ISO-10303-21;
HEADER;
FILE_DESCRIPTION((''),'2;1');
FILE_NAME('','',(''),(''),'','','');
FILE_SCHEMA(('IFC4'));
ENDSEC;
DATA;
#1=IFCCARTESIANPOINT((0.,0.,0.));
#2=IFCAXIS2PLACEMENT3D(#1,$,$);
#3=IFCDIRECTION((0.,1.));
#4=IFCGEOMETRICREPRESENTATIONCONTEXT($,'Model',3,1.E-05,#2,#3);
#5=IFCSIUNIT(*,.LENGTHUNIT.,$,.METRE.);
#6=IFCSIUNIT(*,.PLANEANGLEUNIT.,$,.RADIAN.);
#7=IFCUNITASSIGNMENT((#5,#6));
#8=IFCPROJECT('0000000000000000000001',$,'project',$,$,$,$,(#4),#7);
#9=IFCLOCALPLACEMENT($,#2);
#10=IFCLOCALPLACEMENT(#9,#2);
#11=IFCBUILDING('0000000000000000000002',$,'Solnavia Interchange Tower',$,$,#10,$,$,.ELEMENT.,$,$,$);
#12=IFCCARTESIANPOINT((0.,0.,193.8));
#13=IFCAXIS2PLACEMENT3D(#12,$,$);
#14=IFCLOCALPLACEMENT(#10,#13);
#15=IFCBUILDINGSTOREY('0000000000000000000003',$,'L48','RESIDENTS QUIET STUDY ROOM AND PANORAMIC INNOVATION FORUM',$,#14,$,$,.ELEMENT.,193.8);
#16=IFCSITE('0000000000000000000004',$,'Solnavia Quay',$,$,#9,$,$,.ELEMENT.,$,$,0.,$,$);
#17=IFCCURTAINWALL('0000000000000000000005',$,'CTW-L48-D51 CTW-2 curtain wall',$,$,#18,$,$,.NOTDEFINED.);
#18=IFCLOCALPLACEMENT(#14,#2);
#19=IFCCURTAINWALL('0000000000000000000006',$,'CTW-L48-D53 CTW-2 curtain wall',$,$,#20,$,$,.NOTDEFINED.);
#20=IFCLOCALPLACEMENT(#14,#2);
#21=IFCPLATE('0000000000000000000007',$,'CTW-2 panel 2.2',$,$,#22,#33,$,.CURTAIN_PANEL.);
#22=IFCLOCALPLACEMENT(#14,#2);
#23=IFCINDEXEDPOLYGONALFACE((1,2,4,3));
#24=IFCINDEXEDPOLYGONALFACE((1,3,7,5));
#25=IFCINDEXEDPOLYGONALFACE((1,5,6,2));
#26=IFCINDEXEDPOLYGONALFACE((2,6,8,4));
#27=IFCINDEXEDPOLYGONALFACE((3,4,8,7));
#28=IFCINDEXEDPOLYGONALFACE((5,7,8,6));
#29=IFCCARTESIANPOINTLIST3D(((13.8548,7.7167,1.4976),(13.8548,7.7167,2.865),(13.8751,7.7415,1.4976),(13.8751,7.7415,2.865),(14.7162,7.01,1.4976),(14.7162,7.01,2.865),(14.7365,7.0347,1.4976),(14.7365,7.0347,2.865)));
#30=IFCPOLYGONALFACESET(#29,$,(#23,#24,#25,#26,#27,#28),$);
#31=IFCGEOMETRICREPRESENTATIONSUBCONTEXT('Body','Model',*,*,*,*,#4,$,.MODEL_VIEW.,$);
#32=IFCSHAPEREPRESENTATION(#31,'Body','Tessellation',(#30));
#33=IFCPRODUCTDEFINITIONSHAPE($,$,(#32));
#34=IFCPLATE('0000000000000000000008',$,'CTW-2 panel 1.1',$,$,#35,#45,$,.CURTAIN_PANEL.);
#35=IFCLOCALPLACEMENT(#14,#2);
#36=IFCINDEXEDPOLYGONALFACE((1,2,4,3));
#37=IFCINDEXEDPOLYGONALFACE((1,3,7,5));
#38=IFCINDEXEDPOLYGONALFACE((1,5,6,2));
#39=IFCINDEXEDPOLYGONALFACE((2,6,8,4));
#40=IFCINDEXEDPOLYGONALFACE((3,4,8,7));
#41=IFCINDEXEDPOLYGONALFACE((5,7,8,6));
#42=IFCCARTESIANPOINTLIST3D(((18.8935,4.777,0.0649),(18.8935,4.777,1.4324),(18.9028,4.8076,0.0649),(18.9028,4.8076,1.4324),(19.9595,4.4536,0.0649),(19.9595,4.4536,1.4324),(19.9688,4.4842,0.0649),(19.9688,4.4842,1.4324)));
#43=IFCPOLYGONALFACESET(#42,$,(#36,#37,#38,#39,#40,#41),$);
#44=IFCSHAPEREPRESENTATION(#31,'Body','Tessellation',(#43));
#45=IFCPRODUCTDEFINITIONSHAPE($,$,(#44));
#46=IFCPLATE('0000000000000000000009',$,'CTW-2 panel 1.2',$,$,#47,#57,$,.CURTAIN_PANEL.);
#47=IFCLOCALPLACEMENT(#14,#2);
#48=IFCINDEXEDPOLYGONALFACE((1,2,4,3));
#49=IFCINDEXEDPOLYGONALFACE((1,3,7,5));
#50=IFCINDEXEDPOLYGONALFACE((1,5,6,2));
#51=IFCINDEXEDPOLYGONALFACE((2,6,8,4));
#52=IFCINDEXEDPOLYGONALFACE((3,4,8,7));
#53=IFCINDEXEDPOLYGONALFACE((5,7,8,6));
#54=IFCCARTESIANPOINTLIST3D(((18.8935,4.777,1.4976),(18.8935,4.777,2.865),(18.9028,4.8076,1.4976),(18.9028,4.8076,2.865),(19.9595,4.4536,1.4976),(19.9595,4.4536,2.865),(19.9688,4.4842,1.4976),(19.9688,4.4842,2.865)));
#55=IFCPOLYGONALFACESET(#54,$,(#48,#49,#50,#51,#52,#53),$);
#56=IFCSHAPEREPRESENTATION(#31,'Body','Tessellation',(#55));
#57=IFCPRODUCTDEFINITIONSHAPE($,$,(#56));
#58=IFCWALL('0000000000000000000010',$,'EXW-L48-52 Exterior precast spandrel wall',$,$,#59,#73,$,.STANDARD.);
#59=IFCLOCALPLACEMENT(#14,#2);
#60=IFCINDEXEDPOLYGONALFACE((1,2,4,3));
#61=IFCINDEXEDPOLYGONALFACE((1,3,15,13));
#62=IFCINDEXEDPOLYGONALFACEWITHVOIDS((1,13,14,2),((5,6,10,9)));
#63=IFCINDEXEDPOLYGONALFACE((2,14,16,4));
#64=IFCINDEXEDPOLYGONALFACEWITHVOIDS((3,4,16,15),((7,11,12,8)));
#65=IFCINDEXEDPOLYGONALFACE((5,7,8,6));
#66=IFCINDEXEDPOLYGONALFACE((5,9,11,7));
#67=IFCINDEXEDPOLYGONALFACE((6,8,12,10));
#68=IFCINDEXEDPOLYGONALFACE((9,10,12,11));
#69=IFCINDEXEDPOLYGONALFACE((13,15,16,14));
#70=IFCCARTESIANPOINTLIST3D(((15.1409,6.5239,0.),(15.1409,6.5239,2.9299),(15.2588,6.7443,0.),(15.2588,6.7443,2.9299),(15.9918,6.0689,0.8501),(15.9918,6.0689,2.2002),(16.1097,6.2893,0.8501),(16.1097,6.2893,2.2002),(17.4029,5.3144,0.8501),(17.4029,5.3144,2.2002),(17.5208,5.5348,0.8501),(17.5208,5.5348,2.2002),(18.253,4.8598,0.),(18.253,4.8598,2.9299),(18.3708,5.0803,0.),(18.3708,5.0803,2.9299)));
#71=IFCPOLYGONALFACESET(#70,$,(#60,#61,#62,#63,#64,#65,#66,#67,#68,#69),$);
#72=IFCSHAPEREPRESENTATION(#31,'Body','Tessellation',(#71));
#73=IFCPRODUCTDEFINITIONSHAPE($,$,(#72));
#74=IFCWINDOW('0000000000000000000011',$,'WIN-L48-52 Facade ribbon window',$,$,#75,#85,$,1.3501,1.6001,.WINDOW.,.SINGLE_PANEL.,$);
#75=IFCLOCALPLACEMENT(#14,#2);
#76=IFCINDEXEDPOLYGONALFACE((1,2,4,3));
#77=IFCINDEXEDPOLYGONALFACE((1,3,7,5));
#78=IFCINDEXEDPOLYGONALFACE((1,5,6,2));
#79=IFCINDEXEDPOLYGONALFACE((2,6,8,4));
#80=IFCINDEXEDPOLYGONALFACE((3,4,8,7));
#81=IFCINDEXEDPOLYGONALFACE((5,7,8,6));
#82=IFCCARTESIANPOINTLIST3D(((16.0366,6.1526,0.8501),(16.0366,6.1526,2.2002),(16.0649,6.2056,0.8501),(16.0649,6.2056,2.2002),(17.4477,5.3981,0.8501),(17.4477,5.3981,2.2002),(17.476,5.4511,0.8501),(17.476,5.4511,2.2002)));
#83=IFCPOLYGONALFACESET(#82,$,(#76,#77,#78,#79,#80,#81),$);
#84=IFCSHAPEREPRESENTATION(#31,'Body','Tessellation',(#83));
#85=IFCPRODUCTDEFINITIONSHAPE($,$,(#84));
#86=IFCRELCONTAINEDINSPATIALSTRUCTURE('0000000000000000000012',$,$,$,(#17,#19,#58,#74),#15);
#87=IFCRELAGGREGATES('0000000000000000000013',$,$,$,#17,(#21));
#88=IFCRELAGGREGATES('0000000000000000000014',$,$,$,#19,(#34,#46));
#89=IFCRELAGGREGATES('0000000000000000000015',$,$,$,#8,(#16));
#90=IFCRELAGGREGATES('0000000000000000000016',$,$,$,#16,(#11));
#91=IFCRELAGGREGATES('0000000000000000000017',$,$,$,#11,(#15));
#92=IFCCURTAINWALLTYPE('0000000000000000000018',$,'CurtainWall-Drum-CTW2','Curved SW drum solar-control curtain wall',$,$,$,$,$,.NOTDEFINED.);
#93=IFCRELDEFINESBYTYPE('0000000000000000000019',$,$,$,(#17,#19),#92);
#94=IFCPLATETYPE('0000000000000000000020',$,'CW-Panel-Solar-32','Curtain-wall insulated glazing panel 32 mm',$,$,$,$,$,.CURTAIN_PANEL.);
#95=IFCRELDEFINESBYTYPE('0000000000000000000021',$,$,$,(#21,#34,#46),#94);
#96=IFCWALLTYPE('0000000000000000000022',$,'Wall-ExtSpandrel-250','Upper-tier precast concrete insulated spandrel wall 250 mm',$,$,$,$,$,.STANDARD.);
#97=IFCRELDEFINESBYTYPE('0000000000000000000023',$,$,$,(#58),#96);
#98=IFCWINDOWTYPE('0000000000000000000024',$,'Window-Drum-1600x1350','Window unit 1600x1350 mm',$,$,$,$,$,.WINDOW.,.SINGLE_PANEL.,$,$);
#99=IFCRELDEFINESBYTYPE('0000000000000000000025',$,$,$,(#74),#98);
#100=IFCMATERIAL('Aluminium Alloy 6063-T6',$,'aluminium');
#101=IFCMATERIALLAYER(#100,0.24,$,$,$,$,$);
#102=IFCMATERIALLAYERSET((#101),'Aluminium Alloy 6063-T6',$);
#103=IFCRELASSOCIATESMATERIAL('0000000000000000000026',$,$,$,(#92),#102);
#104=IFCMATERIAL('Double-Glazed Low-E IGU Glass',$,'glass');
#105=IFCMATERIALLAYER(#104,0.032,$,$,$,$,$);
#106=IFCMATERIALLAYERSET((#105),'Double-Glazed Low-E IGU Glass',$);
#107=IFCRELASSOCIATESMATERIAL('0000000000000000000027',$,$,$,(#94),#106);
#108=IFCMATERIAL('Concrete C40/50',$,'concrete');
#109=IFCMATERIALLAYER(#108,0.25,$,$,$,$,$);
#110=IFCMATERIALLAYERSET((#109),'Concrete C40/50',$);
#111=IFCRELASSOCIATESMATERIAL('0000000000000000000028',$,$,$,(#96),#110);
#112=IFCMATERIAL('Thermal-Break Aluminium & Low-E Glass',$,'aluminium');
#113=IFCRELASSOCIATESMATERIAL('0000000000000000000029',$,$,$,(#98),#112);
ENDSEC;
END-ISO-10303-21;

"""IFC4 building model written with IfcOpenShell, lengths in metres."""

from ifc_helpers import new_model, si_unit, direction, frame, frame_2d, origin, origin_2d, place, context, subcontext, project, spatial, rectangle, extrude, material, layer, layer_set, type_object, element, fill, aggregate, save


model = new_model("IFC4")

# Units and contexts
model_context = context("Model", 3, precision=1e-05, world=origin(), true_north=direction((0.0, 1.0)))
body_context = subcontext(model_context, "Body", "Model", "MODEL_VIEW")
ifc_project = project(units=[si_unit("LENGTHUNIT", "METRE"), si_unit("PLANEANGLEUNIT", "RADIAN")], contexts=[model_context])

# Site, building, storey
site_placement = place(None, origin())
site = spatial("IfcSite", under=ifc_project, at=site_placement, Name="Solnavia Quay", CompositionType="ELEMENT", RefElevation=0.0)
building_placement = place(site_placement, origin())
building = spatial("IfcBuilding", under=site, at=building_placement, Name="Solnavia Interchange Tower", CompositionType="ELEMENT")
storey_placement = place(building_placement, frame((0.0, 0.0, 193.8)))
storey = spatial("IfcBuildingStorey", under=building, at=storey_placement, Name="L48", Description="RESIDENTS QUIET STUDY ROOM AND PANORAMIC INNOVATION FORUM", CompositionType="ELEMENT", Elevation=193.8)

# Curtain wall
ifc_material_1 = material(Name="Aluminium Alloy 6063-T6", Category="aluminium")
ifc_layer_1 = layer(ifc_material_1, 0.24)
ifc_layer_set_1 = layer_set([ifc_layer_1], Name="Aluminium Alloy 6063-T6")
curtain_wall_type = type_object("IfcCurtainWallType", Name="CurtainWall-Drum-CTW2", Description="Curved SW drum solar-control curtain wall", PredefinedType="NOTDEFINED", material=ifc_layer_set_1)
curtain_wall_1_placement = place(storey_placement, origin())
curtain_wall_1 = element("IfcCurtainWall", 1, at=curtain_wall_1_placement, inside=storey, type_object=curtain_wall_type, Name="CTW-L48-D51 CTW-2 curtain wall", PredefinedType="NOTDEFINED")

# Curtain wall
curtain_wall_2_placement = place(storey_placement, origin())
curtain_wall_2 = element("IfcCurtainWall", 2, at=curtain_wall_2_placement, inside=storey, type_object=curtain_wall_type, Name="CTW-L48-D53 CTW-2 curtain wall", PredefinedType="NOTDEFINED")

# Plates
ifc_material_2 = material(Name="Double-Glazed Low-E IGU Glass", Category="glass")
ifc_layer_2 = layer(ifc_material_2, 0.032)
ifc_layer_set_2 = layer_set([ifc_layer_2], Name="Double-Glazed Low-E IGU Glass")
plate_type = type_object("IfcPlateType", Name="CW-Panel-Solar-32", Description="Curtain-wall insulated glazing panel 32 mm", PredefinedType="CURTAIN_PANEL", material=ifc_layer_set_2)
plate_1_placement = place(storey_placement, frame((14.2957, 7.3757, 1.4976), z_axis=(0.0, 0.0, 1.0), x_axis=(0.773103, -0.63428, 0.0)))
plate_1 = element("IfcPlate", 3, at=plate_1_placement, type_object=plate_type, Name="CTW-2 panel 2.2", PredefinedType="CURTAIN_PANEL", context=body_context, shape_type="SweptSolid", body=[
    extrude(rectangle(XDim=1.1143, YDim=0.032, at=origin_2d()), origin(), (0.0, 0.0, 1.0), 1.3674),
])
aggregate(curtain_wall_1, [plate_1])
plate_2_placement = place(storey_placement, frame((19.4312, 4.6306, 0.0649), z_axis=(0.0, 0.0, 1.0), x_axis=(0.956942, -0.290279, 0.0)))
plate_2 = element("IfcPlate", 4, at=plate_2_placement, type_object=plate_type, Name="CTW-2 panel 1.1", PredefinedType="CURTAIN_PANEL", context=body_context, shape_type="SweptSolid", body=[
    extrude(rectangle(XDim=1.114, YDim=0.032, at=origin_2d()), origin(), (0.0, 0.0, 1.0), 1.3674),
])
plate_3_placement = place(storey_placement, frame((19.4312, 4.6306, 1.4976), z_axis=(0.0, 0.0, 1.0), x_axis=(0.956942, -0.290279, 0.0)))
plate_3 = element("IfcPlate", 5, at=plate_3_placement, type_object=plate_type, Name="CTW-2 panel 1.2", PredefinedType="CURTAIN_PANEL", context=body_context, shape_type="SweptSolid", body=[
    extrude(rectangle(XDim=1.114, YDim=0.032, at=origin_2d()), origin(), (0.0, 0.0, 1.0), 1.3674),
])
aggregate(curtain_wall_2, [plate_2, plate_3])

# Wall, opening, window
ifc_material_3 = material(Name="Concrete C40/50", Category="concrete")
ifc_layer_3 = layer(ifc_material_3, 0.25)
ifc_layer_set_3 = layer_set([ifc_layer_3], Name="Concrete C40/50")
wall_type = type_object("IfcWallType", Name="Wall-ExtSpandrel-250", Description="Upper-tier precast concrete insulated spandrel wall 250 mm", PredefinedType="STANDARD", material=ifc_layer_set_3)
wall_placement = place(storey_placement, frame((18.312, 4.97, 0.0), z_axis=(0.0, 0.0, 1.0), x_axis=(-0.881847, 0.471536, 0.0)))
wall = element("IfcWall", 6, at=wall_placement, inside=storey, type_object=wall_type, Name="EXW-L48-52 Exterior precast spandrel wall", PredefinedType="STANDARD", context=body_context, shape_type="SweptSolid", body=[
    extrude(rectangle(XDim=3.5291, YDim=0.25, at=frame_2d((1.7646, 0.0))), origin(), (0.0, 0.0, 1.0), 2.9299),
])
opening_placement = place(wall_placement, frame((0.9641, 0.0, 0.8501)))
opening = element("IfcOpeningElement", 7, at=opening_placement, cuts=wall, PredefinedType="OPENING", context=body_context, shape_type="SweptSolid", body=[
    extrude(rectangle(XDim=1.6001, YDim=1.3501, at=frame_2d((0.8, 0.675))), frame((0.0, 0.135, 0.0), z_axis=(0.0, -1.0, 0.0), x_axis=(1.0, 0.0, 0.0)), (0.0, 0.0, 1.0), 0.27),
])
ifc_material_4 = material(Name="Thermal-Break Aluminium & Low-E Glass", Category="aluminium")
window_type = type_object("IfcWindowType", Name="Window-Drum-1600x1350", Description="Window unit 1600x1350 mm", PartitioningType="SINGLE_PANEL", PredefinedType="WINDOW", material=ifc_material_4)
window_placement = place(opening_placement, origin())
window = element("IfcWindow", 8, at=window_placement, inside=storey, type_object=window_type, Name="WIN-L48-52 Facade ribbon window", OverallHeight=1.3501, OverallWidth=1.6001, PartitioningType="SINGLE_PANEL", PredefinedType="WINDOW", context=body_context, shape_type="SweptSolid", body=[
    extrude(rectangle(XDim=1.6001, YDim=1.3501, at=frame_2d((0.8, 0.675))), frame((0.0, 0.03, 0.0), z_axis=(0.0, -1.0, 0.0), x_axis=(1.0, 0.0, 0.0)), (0.0, 0.0, 1.0), 0.0601),
])
fill(opening, window)

save(model, "model.ifc")
